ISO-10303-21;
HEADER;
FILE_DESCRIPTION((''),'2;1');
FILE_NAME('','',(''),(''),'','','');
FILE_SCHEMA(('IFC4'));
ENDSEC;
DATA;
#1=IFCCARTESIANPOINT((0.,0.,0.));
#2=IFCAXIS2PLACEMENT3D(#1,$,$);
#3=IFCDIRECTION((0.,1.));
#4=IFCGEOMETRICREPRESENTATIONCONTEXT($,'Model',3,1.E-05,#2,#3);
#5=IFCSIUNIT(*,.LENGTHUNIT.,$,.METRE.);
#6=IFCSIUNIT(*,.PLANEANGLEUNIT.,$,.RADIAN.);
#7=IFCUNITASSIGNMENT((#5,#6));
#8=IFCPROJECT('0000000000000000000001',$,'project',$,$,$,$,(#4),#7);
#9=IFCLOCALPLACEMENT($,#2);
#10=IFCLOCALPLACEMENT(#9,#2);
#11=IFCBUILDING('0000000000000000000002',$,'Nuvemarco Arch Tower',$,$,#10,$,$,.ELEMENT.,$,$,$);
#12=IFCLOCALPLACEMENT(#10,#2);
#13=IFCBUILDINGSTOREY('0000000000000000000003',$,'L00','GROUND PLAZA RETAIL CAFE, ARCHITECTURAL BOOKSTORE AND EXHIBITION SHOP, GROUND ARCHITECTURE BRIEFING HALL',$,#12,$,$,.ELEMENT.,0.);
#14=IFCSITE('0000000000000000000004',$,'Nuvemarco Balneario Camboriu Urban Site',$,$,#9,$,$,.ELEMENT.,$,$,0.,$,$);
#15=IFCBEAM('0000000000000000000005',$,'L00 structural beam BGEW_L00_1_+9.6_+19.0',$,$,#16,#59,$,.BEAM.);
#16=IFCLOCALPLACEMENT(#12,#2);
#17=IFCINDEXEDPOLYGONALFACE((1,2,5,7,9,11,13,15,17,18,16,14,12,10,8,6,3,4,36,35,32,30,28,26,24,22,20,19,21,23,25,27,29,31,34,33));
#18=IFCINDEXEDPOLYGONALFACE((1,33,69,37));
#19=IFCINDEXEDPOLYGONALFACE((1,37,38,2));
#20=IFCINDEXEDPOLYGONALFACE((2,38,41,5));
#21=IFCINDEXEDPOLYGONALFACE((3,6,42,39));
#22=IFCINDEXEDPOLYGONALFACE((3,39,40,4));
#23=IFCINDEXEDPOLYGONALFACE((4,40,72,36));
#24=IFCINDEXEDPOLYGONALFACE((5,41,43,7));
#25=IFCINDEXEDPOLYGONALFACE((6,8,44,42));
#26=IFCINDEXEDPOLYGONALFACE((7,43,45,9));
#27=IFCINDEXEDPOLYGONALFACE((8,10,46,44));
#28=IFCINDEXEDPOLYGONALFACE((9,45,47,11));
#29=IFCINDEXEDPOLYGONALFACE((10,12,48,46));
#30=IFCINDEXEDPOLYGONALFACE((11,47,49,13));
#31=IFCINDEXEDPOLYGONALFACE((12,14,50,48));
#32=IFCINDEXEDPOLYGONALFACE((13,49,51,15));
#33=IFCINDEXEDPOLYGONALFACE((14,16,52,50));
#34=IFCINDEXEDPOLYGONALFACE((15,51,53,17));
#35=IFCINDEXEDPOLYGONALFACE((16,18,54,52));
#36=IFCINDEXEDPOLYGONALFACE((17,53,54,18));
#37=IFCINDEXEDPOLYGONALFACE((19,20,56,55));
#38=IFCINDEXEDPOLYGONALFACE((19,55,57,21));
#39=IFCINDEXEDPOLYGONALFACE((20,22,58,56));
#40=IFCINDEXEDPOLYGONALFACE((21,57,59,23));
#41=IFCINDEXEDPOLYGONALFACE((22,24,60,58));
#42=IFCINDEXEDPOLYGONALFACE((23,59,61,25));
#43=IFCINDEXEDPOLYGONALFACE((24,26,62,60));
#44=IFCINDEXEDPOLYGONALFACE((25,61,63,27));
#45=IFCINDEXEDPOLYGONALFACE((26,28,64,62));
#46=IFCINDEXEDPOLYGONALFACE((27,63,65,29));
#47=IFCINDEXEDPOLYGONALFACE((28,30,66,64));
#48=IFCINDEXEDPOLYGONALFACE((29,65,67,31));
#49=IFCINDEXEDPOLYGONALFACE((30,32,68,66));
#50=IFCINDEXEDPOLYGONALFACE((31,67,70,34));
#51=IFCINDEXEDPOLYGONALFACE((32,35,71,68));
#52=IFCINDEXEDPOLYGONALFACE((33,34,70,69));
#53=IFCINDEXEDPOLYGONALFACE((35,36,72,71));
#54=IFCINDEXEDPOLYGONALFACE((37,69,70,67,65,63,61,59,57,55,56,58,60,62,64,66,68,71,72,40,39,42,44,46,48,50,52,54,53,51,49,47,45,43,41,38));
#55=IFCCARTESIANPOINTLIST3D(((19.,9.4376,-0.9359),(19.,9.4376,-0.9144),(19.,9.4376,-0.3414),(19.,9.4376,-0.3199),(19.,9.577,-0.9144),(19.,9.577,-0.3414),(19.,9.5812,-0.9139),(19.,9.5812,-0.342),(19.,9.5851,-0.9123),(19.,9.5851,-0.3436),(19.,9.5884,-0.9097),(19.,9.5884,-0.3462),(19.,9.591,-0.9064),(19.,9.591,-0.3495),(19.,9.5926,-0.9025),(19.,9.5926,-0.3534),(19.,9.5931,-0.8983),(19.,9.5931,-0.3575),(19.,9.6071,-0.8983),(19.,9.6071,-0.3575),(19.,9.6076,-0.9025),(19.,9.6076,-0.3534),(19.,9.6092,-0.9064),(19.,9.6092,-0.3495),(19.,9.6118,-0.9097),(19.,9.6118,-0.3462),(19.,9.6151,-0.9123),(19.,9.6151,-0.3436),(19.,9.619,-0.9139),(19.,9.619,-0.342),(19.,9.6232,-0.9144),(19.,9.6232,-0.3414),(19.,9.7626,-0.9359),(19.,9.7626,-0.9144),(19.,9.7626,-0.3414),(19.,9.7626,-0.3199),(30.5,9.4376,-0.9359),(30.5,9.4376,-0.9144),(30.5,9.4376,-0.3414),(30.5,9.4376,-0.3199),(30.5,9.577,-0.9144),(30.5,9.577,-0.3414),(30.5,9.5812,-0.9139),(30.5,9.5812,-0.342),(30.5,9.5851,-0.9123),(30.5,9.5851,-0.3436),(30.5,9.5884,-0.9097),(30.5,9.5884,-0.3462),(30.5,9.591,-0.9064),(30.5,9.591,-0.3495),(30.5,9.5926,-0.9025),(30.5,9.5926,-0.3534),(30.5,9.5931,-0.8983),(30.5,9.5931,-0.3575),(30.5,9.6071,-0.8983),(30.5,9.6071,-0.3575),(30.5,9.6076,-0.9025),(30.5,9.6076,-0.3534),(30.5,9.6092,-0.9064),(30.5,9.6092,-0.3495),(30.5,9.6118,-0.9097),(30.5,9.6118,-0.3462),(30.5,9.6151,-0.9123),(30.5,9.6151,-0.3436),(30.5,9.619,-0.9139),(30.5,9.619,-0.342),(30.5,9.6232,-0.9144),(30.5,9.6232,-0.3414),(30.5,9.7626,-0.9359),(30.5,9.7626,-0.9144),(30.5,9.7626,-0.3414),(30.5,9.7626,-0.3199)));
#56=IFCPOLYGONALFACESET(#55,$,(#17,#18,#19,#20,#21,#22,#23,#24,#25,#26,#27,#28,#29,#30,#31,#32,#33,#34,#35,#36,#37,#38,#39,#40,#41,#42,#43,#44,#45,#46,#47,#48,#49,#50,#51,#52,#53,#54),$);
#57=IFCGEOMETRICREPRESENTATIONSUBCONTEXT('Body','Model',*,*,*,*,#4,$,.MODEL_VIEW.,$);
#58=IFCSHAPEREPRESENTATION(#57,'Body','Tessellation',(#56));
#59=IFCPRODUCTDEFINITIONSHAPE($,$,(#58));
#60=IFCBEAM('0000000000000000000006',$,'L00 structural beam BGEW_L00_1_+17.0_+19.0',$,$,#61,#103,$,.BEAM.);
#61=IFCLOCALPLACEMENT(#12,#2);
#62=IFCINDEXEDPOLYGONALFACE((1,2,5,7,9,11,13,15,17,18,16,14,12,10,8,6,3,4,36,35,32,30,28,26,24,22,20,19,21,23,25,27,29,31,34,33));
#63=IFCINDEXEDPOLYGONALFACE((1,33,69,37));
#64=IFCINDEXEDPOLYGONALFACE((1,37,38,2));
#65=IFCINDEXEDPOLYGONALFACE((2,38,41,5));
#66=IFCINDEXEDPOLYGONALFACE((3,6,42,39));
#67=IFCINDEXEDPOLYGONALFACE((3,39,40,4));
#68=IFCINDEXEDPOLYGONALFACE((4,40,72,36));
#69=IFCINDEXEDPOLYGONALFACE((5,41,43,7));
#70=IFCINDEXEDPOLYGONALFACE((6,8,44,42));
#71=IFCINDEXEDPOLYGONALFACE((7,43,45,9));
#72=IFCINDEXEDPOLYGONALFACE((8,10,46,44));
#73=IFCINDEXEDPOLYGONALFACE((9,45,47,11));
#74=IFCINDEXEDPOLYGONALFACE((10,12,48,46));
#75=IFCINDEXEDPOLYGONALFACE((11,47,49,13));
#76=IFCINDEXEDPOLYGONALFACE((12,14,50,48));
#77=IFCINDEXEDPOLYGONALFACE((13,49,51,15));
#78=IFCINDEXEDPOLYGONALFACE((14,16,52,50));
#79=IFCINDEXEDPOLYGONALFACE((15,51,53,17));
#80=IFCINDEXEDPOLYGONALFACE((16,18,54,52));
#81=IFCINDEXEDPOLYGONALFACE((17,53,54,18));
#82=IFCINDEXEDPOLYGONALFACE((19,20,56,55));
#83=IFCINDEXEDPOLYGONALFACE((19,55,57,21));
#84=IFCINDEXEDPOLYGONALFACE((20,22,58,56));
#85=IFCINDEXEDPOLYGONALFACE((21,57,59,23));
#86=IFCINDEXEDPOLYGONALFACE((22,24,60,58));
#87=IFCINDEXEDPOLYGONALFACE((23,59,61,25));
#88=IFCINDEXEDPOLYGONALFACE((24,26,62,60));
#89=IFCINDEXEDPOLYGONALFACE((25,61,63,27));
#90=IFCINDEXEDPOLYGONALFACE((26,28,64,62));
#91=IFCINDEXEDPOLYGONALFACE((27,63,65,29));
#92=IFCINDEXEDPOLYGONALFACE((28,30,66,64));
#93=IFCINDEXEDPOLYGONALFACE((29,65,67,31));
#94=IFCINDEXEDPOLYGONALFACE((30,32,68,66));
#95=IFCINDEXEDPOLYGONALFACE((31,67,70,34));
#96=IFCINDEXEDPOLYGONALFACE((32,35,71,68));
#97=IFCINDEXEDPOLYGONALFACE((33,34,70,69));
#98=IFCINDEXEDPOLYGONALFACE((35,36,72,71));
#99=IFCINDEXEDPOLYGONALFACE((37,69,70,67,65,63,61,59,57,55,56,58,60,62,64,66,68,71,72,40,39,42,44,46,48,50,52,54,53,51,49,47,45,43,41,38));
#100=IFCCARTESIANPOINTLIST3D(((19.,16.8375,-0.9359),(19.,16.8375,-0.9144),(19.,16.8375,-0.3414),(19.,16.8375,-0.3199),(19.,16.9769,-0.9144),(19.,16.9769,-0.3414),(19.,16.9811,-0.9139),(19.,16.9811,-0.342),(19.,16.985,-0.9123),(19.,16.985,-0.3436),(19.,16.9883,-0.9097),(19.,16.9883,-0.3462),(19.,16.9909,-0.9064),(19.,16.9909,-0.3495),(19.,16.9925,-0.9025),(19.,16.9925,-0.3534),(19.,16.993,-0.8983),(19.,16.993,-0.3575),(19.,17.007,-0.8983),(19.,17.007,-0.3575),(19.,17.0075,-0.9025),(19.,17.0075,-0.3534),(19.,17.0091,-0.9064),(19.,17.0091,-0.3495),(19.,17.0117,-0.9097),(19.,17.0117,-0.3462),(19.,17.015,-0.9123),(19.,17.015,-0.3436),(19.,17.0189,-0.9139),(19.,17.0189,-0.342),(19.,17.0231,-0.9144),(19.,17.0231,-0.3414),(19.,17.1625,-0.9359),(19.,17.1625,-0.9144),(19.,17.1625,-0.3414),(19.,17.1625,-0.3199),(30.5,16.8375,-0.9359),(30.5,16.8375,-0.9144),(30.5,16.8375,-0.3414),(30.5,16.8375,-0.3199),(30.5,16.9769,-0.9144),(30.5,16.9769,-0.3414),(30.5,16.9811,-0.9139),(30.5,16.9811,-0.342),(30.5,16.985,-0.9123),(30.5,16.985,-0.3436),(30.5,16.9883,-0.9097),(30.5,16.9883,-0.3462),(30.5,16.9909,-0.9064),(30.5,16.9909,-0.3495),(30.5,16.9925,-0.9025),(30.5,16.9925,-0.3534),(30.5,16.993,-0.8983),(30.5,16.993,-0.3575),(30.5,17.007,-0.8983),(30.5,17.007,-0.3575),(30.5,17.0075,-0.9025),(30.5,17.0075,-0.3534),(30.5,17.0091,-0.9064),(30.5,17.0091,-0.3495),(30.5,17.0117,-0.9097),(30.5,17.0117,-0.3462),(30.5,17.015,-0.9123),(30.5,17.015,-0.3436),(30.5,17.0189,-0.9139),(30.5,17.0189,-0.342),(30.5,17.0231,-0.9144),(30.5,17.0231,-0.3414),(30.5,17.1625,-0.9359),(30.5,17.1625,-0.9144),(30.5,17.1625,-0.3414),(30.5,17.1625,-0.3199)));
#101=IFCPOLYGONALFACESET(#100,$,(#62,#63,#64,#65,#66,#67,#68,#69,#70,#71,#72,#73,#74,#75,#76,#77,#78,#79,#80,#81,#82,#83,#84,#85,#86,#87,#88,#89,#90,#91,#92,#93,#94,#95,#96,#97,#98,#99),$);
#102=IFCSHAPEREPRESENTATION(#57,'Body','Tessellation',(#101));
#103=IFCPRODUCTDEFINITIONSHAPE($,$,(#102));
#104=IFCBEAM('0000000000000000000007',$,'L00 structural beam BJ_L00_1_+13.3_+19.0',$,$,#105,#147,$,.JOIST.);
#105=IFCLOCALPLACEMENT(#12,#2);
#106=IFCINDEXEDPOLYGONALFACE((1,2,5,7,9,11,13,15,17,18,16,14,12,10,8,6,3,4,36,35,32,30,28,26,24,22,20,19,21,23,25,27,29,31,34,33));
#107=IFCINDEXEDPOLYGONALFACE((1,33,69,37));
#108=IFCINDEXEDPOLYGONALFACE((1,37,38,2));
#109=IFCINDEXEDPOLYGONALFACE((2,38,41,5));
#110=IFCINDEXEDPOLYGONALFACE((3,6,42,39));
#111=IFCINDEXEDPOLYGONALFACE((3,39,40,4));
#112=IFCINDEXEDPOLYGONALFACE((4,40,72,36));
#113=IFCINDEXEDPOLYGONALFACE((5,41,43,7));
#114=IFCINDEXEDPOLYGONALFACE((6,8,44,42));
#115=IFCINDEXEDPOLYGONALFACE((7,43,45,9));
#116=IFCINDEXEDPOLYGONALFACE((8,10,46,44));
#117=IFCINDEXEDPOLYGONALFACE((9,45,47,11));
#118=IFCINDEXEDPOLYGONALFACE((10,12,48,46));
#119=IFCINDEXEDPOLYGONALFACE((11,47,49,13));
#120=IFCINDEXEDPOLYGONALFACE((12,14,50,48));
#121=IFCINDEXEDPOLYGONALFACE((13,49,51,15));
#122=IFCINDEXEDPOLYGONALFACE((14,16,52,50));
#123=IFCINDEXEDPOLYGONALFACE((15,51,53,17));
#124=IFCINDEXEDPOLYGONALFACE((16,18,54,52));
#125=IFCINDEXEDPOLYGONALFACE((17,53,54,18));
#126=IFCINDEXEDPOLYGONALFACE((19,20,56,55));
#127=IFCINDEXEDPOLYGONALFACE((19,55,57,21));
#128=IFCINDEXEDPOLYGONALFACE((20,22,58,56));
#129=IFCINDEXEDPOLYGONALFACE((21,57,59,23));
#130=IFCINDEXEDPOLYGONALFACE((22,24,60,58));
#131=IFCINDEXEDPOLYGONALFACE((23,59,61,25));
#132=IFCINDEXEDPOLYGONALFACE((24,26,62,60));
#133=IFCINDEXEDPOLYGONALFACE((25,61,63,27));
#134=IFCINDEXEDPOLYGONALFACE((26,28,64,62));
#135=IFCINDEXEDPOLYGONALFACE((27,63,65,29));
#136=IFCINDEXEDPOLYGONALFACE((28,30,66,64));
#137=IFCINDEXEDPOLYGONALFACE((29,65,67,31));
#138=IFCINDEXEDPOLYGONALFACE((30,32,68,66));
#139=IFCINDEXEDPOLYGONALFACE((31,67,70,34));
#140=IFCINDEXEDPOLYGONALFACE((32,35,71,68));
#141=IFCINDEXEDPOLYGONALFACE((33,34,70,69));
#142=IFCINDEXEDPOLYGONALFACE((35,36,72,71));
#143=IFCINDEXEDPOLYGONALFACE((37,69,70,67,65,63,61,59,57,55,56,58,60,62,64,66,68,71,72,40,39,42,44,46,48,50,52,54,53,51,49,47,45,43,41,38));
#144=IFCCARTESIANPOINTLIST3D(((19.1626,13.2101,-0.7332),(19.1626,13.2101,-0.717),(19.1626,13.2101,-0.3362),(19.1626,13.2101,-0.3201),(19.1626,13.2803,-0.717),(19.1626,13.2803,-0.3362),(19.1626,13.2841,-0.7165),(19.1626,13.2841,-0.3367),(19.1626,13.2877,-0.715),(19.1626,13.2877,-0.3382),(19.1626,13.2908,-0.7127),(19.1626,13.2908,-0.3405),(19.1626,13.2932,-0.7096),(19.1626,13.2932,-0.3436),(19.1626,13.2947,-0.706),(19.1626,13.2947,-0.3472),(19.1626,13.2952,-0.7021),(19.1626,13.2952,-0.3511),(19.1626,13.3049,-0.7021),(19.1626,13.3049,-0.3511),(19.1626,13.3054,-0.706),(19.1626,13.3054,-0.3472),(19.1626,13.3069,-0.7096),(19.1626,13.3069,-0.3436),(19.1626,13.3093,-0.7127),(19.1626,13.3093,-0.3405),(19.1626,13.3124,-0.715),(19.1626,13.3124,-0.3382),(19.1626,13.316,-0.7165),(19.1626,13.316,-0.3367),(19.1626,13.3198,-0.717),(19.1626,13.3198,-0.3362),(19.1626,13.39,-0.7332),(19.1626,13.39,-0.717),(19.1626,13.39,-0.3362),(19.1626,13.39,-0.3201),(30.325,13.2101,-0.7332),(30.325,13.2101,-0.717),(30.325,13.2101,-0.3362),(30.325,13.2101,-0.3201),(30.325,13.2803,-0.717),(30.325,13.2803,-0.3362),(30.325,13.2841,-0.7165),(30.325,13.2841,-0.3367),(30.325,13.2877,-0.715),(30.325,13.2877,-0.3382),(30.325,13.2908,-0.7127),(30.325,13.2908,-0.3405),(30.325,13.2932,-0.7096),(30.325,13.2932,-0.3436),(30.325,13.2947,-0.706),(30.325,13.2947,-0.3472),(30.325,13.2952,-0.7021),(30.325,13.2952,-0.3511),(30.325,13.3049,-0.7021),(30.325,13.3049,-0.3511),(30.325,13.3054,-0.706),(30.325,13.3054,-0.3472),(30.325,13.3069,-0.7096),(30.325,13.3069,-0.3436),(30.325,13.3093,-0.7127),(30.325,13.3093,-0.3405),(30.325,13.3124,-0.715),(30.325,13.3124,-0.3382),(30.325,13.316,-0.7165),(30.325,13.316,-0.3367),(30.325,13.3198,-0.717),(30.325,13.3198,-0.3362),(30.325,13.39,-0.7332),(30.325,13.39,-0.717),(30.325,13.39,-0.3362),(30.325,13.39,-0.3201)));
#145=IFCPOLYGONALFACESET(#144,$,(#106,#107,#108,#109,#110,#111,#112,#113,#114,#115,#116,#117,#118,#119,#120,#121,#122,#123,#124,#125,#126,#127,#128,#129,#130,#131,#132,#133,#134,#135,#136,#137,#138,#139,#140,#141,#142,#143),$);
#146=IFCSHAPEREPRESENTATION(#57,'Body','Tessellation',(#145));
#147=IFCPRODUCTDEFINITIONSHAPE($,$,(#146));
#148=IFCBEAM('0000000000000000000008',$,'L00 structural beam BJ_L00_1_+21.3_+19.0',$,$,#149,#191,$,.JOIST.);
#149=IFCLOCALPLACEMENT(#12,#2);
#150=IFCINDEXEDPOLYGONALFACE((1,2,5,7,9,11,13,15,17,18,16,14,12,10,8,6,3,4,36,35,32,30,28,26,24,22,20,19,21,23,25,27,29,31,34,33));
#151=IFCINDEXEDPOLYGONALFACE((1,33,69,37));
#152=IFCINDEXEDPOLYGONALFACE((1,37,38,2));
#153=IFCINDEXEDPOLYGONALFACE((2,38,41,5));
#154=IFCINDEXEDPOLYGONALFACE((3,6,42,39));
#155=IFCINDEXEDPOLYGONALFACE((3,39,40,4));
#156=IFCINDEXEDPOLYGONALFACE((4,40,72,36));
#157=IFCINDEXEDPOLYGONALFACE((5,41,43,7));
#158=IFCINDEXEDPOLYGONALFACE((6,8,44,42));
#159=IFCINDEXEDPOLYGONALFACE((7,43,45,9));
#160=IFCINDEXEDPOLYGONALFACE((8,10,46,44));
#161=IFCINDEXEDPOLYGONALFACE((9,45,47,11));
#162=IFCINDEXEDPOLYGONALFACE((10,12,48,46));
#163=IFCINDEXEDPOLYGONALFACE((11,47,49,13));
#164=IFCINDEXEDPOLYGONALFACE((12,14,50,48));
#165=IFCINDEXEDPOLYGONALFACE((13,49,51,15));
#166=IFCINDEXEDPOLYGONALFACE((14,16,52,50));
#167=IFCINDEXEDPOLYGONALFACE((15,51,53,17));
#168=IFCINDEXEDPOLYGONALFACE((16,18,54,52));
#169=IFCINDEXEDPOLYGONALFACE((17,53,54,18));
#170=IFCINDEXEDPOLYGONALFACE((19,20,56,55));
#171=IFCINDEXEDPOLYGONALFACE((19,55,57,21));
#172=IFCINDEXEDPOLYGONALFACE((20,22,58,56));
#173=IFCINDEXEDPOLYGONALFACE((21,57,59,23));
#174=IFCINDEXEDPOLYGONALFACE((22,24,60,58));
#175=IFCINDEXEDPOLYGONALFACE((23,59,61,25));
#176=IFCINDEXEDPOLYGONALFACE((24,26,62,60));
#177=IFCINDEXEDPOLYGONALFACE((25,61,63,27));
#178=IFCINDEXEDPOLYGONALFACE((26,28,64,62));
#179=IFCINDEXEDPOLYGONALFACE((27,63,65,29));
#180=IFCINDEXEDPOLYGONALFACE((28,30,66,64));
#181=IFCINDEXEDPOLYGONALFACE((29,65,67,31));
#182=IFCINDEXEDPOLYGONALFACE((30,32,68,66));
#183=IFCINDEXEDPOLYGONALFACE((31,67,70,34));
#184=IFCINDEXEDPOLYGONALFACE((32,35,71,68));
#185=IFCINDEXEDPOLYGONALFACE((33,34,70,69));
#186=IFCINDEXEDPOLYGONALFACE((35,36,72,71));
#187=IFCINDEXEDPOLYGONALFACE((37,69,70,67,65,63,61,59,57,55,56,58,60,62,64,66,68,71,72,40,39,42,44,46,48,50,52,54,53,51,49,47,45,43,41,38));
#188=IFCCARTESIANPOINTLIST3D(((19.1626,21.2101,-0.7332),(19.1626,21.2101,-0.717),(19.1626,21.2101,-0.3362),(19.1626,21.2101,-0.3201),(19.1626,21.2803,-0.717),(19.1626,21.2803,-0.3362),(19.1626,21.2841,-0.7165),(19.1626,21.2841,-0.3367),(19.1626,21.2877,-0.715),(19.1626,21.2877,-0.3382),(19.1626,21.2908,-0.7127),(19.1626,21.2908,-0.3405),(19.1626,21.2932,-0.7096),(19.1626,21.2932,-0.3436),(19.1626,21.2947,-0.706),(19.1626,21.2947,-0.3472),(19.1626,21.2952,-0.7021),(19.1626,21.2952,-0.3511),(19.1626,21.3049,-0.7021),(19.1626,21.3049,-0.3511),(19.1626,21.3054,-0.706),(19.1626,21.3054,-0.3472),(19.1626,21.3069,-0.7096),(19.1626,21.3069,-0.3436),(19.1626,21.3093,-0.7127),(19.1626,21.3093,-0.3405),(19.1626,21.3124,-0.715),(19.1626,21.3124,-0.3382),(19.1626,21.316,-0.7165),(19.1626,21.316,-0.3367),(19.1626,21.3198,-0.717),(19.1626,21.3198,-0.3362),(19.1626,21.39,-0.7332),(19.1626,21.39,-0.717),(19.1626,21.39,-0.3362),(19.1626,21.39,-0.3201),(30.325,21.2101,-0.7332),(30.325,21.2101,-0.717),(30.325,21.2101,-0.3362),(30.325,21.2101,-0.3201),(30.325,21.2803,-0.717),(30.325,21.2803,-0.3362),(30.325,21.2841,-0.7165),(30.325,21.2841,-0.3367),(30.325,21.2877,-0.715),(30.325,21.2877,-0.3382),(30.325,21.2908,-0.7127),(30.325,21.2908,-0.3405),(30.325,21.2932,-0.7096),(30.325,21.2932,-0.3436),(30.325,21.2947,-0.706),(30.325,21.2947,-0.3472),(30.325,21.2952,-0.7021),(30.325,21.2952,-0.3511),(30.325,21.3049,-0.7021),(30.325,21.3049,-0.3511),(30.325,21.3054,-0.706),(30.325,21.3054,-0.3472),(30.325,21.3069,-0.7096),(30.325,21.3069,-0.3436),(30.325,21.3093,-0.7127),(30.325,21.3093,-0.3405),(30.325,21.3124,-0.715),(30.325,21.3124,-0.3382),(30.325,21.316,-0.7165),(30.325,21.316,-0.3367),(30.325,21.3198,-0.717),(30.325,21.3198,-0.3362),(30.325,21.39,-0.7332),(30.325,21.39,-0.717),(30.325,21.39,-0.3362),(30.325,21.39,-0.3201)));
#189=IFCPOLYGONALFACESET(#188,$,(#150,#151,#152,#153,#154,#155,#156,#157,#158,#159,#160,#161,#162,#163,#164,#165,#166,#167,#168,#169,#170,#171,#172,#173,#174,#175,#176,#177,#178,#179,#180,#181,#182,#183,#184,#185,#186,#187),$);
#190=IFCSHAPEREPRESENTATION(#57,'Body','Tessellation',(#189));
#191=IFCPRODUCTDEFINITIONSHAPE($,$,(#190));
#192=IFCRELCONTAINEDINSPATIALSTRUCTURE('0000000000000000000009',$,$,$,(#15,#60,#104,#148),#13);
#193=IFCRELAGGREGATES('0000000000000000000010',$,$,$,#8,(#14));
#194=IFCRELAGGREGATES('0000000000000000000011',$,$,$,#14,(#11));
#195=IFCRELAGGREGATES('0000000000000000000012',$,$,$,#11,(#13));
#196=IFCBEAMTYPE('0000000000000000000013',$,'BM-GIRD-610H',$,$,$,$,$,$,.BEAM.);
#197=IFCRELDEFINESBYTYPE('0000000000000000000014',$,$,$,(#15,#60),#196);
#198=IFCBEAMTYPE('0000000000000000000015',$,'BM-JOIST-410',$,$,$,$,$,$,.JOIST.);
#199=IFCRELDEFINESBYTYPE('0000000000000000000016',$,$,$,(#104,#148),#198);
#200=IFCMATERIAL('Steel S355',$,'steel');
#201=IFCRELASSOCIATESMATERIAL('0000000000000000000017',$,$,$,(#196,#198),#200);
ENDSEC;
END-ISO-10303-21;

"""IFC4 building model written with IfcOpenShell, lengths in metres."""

from ifc_helpers import new_model, si_unit, direction, frame, origin, origin_2d, place, context, subcontext, project, spatial, i_section, extrude, material, material_profile, profile_set, type_object, element, save


model = new_model("IFC4")

# Units and contexts
model_context = context("Model", 3, precision=1e-05, world=origin(), true_north=direction((0.0, 1.0)))
body_context = subcontext(model_context, "Body", "Model", "MODEL_VIEW")
ifc_project = project(units=[si_unit("LENGTHUNIT", "METRE"), si_unit("PLANEANGLEUNIT", "RADIAN")], contexts=[model_context])

# Site, building, storey
site_placement = place(None, origin())
site = spatial("IfcSite", under=ifc_project, at=site_placement, Name="Nuvemarco Balneario Camboriu Urban Site", CompositionType="ELEMENT", RefElevation=0.0)
building_placement = place(site_placement, origin())
building = spatial("IfcBuilding", under=site, at=building_placement, Name="Nuvemarco Arch Tower", CompositionType="ELEMENT")
storey_placement = place(building_placement, origin())
storey = spatial("IfcBuildingStorey", under=building, at=storey_placement, Name="L00", Description="GROUND PLAZA RETAIL CAFE, ARCHITECTURAL BOOKSTORE AND EXHIBITION SHOP, GROUND ARCHITECTURE BRIEFING HALL", CompositionType="ELEMENT", Elevation=0.0)

# Beams
ifc_material_1 = material(Name="Steel S355", Category="steel")
ifc_material_profile_1 = material_profile(ifc_material_1, i_section(OverallWidth=0.325, OverallDepth=0.616, WebThickness=0.0139, FlangeThickness=0.0215, FilletRadius=0.0161, at=origin_2d()), Name="W610x174")
ifc_profile_set_1 = profile_set([ifc_material_profile_1], Name="Steel S355")
beam_type_1 = type_object("IfcBeamType", Name="BM-GIRD-610H", PredefinedType="BEAM", material=ifc_profile_set_1)
for number, where, z_axis, x_axis, name in (
    (1, (19.0, 9.6001, -0.6279), (1.0, 0.0, 0.0), (0.0, 1.0, 0.0), "L00 structural beam BGEW_L00_1_+9.6_+19.0"),
    (2, (19.0, 17.0, -0.6279), (1.0, 0.0, 0.0), (0.0, 1.0, 0.0), "L00 structural beam BGEW_L00_1_+17.0_+19.0"),
):
    element("IfcBeam", number, at=place(storey_placement, frame(where, z_axis=z_axis, x_axis=x_axis)), inside=storey, type_object=beam_type_1, Name=name, PredefinedType="BEAM", context=body_context, shape_type="SweptSolid", body=[
        extrude(i_section(OverallWidth=0.325, OverallDepth=0.616, WebThickness=0.0139, FlangeThickness=0.0215, FilletRadius=0.0161, at=origin_2d()), origin(), (0.0, 0.0, 1.0), 11.5),
    ])
ifc_material_profile_2 = material_profile(ifc_material_1, i_section(OverallWidth=0.1799, OverallDepth=0.4131, WebThickness=0.0098, FlangeThickness=0.0161, FilletRadius=0.0149, at=origin_2d()), Name="W410x75")
ifc_profile_set_2 = profile_set([ifc_material_profile_2], Name="Steel S355")
beam_type_2 = type_object("IfcBeamType", Name="BM-JOIST-410", PredefinedType="JOIST", material=ifc_profile_set_2)
for number, where, z_axis, x_axis, name in (
    (3, (19.1626, 13.3, -0.5266), (1.0, 0.0, 0.0), (0.0, 1.0, 0.0), "L00 structural beam BJ_L00_1_+13.3_+19.0"),
    (4, (19.1626, 21.3, -0.5266), (1.0, 0.0, 0.0), (0.0, 1.0, 0.0), "L00 structural beam BJ_L00_1_+21.3_+19.0"),
):
    element("IfcBeam", number, at=place(storey_placement, frame(where, z_axis=z_axis, x_axis=x_axis)), inside=storey, type_object=beam_type_2, Name=name, PredefinedType="JOIST", context=body_context, shape_type="SweptSolid", body=[
        extrude(i_section(OverallWidth=0.1799, OverallDepth=0.4131, WebThickness=0.0098, FlangeThickness=0.0161, FilletRadius=0.0149, at=origin_2d()), origin(), (0.0, 0.0, 1.0), 11.1624),
    ])

save(model, "model.ifc")
